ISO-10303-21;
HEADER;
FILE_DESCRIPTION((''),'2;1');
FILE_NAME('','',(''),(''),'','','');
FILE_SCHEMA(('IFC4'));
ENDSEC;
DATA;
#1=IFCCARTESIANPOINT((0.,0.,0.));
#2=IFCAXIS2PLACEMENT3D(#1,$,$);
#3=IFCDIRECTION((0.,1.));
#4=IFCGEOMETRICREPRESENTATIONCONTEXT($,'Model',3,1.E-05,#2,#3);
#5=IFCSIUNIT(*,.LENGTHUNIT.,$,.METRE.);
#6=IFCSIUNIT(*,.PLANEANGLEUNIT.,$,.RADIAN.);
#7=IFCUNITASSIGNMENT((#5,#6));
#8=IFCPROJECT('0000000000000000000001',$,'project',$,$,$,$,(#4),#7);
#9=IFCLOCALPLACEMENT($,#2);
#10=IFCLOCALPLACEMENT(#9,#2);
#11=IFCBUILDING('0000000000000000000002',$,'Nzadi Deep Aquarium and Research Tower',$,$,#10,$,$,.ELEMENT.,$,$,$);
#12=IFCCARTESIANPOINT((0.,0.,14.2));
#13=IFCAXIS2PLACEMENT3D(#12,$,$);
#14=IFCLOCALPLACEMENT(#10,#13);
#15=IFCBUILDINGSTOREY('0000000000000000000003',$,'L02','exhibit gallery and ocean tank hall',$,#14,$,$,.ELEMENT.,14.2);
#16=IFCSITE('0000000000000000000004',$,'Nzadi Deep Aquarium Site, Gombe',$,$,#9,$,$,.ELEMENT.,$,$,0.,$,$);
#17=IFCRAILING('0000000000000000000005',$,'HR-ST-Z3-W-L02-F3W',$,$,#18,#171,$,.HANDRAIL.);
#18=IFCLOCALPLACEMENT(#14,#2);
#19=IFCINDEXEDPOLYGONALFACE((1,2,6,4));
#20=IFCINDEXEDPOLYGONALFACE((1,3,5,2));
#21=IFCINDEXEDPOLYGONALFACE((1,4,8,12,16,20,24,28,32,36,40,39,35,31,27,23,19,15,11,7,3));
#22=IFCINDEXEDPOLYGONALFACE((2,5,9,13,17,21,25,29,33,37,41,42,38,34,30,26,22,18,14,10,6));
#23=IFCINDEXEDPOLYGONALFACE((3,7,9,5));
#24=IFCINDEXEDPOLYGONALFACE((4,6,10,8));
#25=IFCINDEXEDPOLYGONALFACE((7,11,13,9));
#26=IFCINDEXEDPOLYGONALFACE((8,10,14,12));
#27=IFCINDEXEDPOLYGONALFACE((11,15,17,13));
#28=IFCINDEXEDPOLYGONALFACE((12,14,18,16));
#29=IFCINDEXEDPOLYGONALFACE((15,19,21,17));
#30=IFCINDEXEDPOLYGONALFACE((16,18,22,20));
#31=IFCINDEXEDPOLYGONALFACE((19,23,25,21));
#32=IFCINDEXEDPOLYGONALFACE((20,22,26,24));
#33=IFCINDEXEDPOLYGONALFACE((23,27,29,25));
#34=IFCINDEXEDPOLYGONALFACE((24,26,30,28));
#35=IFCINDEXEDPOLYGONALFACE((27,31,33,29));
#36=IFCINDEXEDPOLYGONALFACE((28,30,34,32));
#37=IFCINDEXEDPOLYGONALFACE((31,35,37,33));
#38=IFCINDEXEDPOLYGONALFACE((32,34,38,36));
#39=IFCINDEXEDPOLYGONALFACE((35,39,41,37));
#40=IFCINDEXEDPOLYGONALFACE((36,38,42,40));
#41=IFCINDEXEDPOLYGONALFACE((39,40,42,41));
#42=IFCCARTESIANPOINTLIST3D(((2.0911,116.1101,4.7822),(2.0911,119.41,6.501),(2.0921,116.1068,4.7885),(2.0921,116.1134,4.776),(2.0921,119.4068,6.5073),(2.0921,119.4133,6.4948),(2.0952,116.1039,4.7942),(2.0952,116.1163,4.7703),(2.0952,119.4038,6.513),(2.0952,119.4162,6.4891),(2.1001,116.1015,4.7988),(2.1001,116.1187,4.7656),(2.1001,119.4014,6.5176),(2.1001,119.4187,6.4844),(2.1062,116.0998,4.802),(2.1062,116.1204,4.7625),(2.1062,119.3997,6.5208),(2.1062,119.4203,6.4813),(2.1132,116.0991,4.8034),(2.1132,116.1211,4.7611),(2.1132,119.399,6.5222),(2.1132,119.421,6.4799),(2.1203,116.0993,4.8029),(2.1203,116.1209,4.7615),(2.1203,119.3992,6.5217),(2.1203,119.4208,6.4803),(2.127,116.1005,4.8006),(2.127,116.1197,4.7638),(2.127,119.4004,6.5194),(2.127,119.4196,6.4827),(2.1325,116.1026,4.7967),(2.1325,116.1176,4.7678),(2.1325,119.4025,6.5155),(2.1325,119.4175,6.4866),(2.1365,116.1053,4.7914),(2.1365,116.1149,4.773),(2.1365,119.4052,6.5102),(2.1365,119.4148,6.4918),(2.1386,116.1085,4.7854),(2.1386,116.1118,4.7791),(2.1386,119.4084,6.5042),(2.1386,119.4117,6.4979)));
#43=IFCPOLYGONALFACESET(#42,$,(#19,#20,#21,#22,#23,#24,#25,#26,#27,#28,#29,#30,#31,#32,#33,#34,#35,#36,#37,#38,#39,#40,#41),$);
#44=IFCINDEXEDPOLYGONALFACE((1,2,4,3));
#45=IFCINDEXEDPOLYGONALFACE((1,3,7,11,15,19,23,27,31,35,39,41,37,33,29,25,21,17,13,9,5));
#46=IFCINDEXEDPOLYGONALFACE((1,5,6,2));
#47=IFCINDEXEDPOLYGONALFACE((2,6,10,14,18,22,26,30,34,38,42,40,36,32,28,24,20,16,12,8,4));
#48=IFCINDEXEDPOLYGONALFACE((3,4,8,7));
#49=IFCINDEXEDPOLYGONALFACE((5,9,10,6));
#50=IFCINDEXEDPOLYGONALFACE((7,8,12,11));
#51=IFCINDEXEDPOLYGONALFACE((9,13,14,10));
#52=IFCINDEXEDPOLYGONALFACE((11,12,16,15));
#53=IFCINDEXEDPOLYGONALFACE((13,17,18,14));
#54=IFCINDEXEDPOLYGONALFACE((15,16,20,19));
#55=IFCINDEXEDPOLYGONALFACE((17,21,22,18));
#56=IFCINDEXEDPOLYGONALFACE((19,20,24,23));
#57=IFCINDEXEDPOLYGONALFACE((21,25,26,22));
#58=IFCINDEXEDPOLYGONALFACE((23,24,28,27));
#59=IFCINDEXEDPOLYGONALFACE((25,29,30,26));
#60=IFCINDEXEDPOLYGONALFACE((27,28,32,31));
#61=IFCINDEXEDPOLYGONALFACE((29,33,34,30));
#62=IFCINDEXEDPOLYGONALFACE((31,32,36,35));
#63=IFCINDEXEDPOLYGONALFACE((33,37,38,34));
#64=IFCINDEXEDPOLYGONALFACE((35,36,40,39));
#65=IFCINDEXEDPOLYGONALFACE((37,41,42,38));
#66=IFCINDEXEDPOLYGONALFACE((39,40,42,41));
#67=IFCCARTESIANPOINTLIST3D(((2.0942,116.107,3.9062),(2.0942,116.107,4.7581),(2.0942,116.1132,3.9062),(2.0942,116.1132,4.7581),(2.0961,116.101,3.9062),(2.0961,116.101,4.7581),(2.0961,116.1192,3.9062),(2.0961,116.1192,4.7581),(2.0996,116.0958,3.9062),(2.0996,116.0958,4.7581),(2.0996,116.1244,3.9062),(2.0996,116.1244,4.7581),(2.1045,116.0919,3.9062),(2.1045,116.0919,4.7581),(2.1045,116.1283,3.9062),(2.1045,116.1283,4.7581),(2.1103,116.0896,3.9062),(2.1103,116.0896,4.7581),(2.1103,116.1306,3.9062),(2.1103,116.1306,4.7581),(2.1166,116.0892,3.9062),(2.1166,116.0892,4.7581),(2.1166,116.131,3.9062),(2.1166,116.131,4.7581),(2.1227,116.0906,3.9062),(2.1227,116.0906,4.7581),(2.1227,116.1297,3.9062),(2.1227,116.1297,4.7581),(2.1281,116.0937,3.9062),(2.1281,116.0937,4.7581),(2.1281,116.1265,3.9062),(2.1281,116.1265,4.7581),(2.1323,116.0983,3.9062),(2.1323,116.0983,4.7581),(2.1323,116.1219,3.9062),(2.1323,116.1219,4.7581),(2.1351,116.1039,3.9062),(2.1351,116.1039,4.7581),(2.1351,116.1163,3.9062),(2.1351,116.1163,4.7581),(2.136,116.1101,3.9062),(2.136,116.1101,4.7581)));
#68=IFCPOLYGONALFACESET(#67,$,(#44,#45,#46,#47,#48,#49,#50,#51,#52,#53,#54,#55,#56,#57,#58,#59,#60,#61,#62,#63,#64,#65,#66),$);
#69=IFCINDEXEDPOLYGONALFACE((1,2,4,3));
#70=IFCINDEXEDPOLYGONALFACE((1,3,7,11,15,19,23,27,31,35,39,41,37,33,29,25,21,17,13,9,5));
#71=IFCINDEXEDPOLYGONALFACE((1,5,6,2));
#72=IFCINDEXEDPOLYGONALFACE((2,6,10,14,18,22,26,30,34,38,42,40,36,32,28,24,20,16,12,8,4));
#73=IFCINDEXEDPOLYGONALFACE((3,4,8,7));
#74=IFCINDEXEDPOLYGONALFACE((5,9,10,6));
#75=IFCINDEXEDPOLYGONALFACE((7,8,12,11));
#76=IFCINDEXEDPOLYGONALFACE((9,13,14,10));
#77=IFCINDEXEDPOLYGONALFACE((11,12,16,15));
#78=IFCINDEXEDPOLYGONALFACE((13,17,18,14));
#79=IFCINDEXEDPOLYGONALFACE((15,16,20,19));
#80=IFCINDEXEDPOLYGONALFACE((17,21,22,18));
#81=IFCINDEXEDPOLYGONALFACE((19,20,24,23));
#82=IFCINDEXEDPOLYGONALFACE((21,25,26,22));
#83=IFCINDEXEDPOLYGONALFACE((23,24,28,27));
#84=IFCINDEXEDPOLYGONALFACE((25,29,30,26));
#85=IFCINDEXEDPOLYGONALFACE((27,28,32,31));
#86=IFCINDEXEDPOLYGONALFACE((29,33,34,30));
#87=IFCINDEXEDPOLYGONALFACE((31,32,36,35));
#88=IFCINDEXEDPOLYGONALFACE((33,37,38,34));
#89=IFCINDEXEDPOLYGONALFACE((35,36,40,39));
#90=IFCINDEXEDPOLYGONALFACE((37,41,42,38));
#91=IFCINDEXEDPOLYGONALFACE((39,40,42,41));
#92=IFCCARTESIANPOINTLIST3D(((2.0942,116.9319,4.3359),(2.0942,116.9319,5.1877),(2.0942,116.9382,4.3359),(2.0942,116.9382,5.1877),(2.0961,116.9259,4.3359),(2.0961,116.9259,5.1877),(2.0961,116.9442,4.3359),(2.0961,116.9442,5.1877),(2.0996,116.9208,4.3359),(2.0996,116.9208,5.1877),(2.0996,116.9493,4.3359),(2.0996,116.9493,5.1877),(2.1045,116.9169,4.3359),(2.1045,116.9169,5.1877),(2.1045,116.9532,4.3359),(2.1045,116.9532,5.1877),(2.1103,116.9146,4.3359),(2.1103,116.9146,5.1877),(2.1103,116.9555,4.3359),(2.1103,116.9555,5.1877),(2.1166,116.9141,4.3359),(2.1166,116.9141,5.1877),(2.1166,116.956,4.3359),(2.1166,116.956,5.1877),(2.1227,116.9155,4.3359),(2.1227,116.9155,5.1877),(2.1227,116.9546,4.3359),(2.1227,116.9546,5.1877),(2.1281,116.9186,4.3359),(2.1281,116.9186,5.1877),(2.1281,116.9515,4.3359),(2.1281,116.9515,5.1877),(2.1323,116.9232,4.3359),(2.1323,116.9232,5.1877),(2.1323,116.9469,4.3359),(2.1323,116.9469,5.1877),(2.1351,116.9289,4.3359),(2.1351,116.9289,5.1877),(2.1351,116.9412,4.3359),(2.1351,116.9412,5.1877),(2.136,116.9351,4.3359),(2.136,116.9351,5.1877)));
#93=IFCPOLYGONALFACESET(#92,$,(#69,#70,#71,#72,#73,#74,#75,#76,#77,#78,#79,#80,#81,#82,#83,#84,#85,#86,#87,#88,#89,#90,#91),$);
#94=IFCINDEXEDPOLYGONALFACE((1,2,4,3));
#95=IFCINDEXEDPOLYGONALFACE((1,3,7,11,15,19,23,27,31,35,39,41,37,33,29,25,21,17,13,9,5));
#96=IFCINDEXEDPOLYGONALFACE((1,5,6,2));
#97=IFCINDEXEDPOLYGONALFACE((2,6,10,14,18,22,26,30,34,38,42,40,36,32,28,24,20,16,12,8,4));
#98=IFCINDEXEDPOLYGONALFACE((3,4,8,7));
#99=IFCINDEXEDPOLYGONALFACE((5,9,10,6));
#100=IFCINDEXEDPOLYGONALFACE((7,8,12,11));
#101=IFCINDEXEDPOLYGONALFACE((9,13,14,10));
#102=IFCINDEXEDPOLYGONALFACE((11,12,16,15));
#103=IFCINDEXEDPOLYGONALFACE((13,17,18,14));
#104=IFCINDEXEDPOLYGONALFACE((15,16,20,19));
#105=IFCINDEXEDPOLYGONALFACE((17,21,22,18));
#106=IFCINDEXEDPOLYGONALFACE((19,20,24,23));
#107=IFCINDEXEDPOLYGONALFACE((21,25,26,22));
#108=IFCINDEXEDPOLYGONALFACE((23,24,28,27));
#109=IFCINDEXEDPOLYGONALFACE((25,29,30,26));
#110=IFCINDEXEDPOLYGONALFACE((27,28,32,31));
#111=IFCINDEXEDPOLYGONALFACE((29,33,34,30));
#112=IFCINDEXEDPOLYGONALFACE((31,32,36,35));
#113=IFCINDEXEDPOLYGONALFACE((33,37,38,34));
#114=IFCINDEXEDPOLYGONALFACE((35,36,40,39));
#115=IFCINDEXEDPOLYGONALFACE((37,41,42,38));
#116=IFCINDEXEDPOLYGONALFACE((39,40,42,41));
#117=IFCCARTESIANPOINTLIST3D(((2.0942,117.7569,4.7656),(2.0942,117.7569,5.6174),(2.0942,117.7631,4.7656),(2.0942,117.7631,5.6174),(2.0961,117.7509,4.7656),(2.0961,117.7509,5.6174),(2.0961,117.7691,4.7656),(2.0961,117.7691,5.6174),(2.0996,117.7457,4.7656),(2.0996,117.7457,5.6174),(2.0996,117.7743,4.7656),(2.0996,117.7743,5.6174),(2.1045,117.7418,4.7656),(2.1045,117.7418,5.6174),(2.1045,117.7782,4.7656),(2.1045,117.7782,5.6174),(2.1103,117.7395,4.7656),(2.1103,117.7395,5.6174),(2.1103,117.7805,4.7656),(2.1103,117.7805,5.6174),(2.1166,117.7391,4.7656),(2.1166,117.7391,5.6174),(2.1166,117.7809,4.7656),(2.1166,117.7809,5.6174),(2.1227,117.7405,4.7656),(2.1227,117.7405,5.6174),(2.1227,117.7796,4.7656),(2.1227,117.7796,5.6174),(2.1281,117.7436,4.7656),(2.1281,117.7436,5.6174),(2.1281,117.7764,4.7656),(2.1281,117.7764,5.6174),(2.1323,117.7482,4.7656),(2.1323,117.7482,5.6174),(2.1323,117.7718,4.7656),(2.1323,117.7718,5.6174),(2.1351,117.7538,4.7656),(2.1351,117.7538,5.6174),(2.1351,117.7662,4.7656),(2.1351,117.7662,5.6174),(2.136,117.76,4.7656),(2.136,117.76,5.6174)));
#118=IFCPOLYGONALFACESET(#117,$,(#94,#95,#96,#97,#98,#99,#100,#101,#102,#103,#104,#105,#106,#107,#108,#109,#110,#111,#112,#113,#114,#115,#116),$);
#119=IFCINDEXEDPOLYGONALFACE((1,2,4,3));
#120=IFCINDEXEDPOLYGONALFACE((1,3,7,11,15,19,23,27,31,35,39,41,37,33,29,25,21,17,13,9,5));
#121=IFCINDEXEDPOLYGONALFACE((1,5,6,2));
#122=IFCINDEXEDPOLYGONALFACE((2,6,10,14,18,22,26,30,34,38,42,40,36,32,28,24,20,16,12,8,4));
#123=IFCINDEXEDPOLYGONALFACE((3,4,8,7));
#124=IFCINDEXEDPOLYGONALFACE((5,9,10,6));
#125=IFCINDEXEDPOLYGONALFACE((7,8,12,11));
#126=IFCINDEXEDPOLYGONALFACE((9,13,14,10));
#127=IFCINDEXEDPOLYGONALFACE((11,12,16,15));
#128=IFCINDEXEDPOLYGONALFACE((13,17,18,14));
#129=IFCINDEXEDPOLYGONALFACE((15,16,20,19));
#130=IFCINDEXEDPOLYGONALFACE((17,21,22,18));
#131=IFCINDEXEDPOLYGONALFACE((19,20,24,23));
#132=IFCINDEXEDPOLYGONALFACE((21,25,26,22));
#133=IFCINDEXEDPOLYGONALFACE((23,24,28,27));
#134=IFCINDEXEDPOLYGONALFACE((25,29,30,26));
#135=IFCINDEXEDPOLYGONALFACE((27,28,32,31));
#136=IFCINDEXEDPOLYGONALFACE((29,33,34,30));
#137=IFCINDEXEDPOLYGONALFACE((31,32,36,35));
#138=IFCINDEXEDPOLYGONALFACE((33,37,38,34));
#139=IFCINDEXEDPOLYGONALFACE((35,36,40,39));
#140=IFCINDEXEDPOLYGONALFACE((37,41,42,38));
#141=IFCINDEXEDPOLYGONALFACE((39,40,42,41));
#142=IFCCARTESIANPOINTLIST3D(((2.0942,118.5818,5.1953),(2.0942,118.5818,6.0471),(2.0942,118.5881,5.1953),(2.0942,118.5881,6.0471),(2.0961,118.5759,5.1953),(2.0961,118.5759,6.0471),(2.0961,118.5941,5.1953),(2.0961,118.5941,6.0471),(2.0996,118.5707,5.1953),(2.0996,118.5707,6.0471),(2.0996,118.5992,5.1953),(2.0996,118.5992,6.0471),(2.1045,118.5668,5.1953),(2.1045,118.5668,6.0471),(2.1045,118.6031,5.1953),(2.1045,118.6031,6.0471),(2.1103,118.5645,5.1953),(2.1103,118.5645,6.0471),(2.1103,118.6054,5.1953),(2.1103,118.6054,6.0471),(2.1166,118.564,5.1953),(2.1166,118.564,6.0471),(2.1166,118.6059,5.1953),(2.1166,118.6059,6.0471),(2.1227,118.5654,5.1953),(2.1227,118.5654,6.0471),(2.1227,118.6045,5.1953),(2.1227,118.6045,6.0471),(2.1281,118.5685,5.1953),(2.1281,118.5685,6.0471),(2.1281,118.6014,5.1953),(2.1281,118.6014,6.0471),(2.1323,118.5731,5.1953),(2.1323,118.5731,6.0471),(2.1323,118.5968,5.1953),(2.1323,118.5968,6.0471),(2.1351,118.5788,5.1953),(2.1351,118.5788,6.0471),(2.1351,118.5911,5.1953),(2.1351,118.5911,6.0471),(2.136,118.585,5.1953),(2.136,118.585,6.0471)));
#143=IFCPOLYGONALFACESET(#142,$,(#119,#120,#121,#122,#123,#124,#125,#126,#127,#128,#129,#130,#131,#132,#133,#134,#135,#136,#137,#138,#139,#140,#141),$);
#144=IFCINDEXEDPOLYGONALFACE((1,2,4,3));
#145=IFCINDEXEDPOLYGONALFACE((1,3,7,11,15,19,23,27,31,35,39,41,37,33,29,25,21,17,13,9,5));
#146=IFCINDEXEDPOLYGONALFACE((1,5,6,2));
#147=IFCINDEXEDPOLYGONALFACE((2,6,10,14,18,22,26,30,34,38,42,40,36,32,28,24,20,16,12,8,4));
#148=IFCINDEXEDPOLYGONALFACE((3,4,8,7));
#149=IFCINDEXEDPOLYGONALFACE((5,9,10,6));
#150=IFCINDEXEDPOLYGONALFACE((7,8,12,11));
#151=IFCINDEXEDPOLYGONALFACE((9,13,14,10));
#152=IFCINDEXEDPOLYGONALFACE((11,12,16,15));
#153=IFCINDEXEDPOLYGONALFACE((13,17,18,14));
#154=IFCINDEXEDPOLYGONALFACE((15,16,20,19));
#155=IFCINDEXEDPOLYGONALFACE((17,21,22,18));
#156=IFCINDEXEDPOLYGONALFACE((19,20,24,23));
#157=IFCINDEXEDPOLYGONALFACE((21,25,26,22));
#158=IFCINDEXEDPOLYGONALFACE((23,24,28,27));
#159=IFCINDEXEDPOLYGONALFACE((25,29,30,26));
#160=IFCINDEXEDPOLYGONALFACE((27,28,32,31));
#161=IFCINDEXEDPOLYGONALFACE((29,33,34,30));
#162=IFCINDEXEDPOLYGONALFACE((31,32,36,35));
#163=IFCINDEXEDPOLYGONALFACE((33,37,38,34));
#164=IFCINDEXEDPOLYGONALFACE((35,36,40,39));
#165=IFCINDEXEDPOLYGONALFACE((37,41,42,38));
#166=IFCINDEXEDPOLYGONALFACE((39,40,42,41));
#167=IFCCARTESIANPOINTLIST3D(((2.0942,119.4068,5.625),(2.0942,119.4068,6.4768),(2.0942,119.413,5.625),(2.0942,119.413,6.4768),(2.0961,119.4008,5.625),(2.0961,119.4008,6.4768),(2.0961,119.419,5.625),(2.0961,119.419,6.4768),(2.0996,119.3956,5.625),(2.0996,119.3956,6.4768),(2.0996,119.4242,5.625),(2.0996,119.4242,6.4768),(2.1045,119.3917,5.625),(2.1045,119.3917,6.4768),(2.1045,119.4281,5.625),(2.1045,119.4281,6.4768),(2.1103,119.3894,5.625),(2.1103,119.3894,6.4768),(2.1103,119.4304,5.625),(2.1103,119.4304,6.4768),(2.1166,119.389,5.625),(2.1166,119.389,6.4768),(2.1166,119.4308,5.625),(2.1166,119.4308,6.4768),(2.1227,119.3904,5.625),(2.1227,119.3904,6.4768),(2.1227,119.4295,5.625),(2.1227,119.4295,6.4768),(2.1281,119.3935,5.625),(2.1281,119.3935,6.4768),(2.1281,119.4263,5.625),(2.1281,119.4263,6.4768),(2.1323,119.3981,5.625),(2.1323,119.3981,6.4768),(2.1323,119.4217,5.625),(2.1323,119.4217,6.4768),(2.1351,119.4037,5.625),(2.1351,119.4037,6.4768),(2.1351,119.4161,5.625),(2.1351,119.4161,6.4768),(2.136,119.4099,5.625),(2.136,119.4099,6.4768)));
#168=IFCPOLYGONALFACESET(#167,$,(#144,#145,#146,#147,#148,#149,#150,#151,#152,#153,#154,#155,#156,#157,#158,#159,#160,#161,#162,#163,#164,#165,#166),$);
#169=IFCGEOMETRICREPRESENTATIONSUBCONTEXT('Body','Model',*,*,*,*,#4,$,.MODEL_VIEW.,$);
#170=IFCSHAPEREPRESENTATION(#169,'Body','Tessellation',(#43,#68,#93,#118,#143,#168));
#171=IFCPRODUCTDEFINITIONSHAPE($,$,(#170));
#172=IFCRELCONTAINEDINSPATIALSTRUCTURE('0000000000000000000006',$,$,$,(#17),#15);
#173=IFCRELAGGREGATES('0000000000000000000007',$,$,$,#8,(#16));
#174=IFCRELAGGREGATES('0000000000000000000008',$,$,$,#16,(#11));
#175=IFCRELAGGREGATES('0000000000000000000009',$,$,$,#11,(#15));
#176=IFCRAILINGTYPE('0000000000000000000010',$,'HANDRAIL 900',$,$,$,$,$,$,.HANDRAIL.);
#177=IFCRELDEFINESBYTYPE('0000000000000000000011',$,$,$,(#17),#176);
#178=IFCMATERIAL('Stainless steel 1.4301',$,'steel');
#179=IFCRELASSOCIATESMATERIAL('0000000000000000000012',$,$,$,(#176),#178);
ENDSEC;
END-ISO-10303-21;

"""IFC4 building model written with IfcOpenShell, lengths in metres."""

from ifc_helpers import new_model, si_unit, direction, frame, origin, origin_2d, place, context, subcontext, project, spatial, circle, extrude, material, type_object, element, save


model = new_model("IFC4")

# Units and contexts
model_context = context("Model", 3, precision=1e-05, world=origin(), true_north=direction((0.0, 1.0)))
body_context = subcontext(model_context, "Body", "Model", "MODEL_VIEW")
ifc_project = project(units=[si_unit("LENGTHUNIT", "METRE"), si_unit("PLANEANGLEUNIT", "RADIAN")], contexts=[model_context])

# Site, building, storey
site_placement = place(None, origin())
site = spatial("IfcSite", under=ifc_project, at=site_placement, Name="Nzadi Deep Aquarium Site, Gombe", CompositionType="ELEMENT", RefElevation=0.0)
building_placement = place(site_placement, origin())
building = spatial("IfcBuilding", under=site, at=building_placement, Name="Nzadi Deep Aquarium and Research Tower", CompositionType="ELEMENT")
storey_placement = place(building_placement, frame((0.0, 0.0, 14.2)))
storey = spatial("IfcBuildingStorey", under=building, at=storey_placement, Name="L02", Description="exhibit gallery and ocean tank hall", CompositionType="ELEMENT", Elevation=14.2)

# Railing
ifc_material_1 = material(Name="Stainless steel 1.4301", Category="steel")
railing_type = type_object("IfcRailingType", Name="HANDRAIL 900", PredefinedType="HANDRAIL", material=ifc_material_1)
railing_1_placement = place(storey_placement, frame((2.115, 116.1101, 3.9062)))
element("IfcRailing", 1, at=railing_1_placement, inside=storey, type_object=railing_type, Name="HR-ST-Z3-W-L02-F3W", PredefinedType="HANDRAIL", context=body_context, shape_type="SweptSolid", body=[
    extrude(circle(Radius=0.0239, at=origin_2d()), frame((0.0, 0.0, 0.876), z_axis=(0.0, 0.886903, 0.461956), x_axis=(-1.0, 0.0, 0.0)), (0.0, 0.0, 1.0), 3.7207),
    extrude(circle(Radius=0.021, at=origin_2d()), origin(), (0.0, 0.0, 1.0), 0.8518),
    extrude(circle(Radius=0.021, at=origin_2d()), frame((0.0, 0.825, 0.4297)), (0.0, 0.0, 1.0), 0.8518),
    extrude(circle(Radius=0.021, at=origin_2d()), frame((0.0, 1.6499, 0.8594)), (0.0, 0.0, 1.0), 0.8518),
    extrude(circle(Radius=0.021, at=origin_2d()), frame((0.0, 2.4749, 1.2891)), (0.0, 0.0, 1.0), 0.8518),
    extrude(circle(Radius=0.021, at=origin_2d()), frame((0.0, 3.2998, 1.7188)), (0.0, 0.0, 1.0), 0.8518),
])

save(model, "model.ifc")
